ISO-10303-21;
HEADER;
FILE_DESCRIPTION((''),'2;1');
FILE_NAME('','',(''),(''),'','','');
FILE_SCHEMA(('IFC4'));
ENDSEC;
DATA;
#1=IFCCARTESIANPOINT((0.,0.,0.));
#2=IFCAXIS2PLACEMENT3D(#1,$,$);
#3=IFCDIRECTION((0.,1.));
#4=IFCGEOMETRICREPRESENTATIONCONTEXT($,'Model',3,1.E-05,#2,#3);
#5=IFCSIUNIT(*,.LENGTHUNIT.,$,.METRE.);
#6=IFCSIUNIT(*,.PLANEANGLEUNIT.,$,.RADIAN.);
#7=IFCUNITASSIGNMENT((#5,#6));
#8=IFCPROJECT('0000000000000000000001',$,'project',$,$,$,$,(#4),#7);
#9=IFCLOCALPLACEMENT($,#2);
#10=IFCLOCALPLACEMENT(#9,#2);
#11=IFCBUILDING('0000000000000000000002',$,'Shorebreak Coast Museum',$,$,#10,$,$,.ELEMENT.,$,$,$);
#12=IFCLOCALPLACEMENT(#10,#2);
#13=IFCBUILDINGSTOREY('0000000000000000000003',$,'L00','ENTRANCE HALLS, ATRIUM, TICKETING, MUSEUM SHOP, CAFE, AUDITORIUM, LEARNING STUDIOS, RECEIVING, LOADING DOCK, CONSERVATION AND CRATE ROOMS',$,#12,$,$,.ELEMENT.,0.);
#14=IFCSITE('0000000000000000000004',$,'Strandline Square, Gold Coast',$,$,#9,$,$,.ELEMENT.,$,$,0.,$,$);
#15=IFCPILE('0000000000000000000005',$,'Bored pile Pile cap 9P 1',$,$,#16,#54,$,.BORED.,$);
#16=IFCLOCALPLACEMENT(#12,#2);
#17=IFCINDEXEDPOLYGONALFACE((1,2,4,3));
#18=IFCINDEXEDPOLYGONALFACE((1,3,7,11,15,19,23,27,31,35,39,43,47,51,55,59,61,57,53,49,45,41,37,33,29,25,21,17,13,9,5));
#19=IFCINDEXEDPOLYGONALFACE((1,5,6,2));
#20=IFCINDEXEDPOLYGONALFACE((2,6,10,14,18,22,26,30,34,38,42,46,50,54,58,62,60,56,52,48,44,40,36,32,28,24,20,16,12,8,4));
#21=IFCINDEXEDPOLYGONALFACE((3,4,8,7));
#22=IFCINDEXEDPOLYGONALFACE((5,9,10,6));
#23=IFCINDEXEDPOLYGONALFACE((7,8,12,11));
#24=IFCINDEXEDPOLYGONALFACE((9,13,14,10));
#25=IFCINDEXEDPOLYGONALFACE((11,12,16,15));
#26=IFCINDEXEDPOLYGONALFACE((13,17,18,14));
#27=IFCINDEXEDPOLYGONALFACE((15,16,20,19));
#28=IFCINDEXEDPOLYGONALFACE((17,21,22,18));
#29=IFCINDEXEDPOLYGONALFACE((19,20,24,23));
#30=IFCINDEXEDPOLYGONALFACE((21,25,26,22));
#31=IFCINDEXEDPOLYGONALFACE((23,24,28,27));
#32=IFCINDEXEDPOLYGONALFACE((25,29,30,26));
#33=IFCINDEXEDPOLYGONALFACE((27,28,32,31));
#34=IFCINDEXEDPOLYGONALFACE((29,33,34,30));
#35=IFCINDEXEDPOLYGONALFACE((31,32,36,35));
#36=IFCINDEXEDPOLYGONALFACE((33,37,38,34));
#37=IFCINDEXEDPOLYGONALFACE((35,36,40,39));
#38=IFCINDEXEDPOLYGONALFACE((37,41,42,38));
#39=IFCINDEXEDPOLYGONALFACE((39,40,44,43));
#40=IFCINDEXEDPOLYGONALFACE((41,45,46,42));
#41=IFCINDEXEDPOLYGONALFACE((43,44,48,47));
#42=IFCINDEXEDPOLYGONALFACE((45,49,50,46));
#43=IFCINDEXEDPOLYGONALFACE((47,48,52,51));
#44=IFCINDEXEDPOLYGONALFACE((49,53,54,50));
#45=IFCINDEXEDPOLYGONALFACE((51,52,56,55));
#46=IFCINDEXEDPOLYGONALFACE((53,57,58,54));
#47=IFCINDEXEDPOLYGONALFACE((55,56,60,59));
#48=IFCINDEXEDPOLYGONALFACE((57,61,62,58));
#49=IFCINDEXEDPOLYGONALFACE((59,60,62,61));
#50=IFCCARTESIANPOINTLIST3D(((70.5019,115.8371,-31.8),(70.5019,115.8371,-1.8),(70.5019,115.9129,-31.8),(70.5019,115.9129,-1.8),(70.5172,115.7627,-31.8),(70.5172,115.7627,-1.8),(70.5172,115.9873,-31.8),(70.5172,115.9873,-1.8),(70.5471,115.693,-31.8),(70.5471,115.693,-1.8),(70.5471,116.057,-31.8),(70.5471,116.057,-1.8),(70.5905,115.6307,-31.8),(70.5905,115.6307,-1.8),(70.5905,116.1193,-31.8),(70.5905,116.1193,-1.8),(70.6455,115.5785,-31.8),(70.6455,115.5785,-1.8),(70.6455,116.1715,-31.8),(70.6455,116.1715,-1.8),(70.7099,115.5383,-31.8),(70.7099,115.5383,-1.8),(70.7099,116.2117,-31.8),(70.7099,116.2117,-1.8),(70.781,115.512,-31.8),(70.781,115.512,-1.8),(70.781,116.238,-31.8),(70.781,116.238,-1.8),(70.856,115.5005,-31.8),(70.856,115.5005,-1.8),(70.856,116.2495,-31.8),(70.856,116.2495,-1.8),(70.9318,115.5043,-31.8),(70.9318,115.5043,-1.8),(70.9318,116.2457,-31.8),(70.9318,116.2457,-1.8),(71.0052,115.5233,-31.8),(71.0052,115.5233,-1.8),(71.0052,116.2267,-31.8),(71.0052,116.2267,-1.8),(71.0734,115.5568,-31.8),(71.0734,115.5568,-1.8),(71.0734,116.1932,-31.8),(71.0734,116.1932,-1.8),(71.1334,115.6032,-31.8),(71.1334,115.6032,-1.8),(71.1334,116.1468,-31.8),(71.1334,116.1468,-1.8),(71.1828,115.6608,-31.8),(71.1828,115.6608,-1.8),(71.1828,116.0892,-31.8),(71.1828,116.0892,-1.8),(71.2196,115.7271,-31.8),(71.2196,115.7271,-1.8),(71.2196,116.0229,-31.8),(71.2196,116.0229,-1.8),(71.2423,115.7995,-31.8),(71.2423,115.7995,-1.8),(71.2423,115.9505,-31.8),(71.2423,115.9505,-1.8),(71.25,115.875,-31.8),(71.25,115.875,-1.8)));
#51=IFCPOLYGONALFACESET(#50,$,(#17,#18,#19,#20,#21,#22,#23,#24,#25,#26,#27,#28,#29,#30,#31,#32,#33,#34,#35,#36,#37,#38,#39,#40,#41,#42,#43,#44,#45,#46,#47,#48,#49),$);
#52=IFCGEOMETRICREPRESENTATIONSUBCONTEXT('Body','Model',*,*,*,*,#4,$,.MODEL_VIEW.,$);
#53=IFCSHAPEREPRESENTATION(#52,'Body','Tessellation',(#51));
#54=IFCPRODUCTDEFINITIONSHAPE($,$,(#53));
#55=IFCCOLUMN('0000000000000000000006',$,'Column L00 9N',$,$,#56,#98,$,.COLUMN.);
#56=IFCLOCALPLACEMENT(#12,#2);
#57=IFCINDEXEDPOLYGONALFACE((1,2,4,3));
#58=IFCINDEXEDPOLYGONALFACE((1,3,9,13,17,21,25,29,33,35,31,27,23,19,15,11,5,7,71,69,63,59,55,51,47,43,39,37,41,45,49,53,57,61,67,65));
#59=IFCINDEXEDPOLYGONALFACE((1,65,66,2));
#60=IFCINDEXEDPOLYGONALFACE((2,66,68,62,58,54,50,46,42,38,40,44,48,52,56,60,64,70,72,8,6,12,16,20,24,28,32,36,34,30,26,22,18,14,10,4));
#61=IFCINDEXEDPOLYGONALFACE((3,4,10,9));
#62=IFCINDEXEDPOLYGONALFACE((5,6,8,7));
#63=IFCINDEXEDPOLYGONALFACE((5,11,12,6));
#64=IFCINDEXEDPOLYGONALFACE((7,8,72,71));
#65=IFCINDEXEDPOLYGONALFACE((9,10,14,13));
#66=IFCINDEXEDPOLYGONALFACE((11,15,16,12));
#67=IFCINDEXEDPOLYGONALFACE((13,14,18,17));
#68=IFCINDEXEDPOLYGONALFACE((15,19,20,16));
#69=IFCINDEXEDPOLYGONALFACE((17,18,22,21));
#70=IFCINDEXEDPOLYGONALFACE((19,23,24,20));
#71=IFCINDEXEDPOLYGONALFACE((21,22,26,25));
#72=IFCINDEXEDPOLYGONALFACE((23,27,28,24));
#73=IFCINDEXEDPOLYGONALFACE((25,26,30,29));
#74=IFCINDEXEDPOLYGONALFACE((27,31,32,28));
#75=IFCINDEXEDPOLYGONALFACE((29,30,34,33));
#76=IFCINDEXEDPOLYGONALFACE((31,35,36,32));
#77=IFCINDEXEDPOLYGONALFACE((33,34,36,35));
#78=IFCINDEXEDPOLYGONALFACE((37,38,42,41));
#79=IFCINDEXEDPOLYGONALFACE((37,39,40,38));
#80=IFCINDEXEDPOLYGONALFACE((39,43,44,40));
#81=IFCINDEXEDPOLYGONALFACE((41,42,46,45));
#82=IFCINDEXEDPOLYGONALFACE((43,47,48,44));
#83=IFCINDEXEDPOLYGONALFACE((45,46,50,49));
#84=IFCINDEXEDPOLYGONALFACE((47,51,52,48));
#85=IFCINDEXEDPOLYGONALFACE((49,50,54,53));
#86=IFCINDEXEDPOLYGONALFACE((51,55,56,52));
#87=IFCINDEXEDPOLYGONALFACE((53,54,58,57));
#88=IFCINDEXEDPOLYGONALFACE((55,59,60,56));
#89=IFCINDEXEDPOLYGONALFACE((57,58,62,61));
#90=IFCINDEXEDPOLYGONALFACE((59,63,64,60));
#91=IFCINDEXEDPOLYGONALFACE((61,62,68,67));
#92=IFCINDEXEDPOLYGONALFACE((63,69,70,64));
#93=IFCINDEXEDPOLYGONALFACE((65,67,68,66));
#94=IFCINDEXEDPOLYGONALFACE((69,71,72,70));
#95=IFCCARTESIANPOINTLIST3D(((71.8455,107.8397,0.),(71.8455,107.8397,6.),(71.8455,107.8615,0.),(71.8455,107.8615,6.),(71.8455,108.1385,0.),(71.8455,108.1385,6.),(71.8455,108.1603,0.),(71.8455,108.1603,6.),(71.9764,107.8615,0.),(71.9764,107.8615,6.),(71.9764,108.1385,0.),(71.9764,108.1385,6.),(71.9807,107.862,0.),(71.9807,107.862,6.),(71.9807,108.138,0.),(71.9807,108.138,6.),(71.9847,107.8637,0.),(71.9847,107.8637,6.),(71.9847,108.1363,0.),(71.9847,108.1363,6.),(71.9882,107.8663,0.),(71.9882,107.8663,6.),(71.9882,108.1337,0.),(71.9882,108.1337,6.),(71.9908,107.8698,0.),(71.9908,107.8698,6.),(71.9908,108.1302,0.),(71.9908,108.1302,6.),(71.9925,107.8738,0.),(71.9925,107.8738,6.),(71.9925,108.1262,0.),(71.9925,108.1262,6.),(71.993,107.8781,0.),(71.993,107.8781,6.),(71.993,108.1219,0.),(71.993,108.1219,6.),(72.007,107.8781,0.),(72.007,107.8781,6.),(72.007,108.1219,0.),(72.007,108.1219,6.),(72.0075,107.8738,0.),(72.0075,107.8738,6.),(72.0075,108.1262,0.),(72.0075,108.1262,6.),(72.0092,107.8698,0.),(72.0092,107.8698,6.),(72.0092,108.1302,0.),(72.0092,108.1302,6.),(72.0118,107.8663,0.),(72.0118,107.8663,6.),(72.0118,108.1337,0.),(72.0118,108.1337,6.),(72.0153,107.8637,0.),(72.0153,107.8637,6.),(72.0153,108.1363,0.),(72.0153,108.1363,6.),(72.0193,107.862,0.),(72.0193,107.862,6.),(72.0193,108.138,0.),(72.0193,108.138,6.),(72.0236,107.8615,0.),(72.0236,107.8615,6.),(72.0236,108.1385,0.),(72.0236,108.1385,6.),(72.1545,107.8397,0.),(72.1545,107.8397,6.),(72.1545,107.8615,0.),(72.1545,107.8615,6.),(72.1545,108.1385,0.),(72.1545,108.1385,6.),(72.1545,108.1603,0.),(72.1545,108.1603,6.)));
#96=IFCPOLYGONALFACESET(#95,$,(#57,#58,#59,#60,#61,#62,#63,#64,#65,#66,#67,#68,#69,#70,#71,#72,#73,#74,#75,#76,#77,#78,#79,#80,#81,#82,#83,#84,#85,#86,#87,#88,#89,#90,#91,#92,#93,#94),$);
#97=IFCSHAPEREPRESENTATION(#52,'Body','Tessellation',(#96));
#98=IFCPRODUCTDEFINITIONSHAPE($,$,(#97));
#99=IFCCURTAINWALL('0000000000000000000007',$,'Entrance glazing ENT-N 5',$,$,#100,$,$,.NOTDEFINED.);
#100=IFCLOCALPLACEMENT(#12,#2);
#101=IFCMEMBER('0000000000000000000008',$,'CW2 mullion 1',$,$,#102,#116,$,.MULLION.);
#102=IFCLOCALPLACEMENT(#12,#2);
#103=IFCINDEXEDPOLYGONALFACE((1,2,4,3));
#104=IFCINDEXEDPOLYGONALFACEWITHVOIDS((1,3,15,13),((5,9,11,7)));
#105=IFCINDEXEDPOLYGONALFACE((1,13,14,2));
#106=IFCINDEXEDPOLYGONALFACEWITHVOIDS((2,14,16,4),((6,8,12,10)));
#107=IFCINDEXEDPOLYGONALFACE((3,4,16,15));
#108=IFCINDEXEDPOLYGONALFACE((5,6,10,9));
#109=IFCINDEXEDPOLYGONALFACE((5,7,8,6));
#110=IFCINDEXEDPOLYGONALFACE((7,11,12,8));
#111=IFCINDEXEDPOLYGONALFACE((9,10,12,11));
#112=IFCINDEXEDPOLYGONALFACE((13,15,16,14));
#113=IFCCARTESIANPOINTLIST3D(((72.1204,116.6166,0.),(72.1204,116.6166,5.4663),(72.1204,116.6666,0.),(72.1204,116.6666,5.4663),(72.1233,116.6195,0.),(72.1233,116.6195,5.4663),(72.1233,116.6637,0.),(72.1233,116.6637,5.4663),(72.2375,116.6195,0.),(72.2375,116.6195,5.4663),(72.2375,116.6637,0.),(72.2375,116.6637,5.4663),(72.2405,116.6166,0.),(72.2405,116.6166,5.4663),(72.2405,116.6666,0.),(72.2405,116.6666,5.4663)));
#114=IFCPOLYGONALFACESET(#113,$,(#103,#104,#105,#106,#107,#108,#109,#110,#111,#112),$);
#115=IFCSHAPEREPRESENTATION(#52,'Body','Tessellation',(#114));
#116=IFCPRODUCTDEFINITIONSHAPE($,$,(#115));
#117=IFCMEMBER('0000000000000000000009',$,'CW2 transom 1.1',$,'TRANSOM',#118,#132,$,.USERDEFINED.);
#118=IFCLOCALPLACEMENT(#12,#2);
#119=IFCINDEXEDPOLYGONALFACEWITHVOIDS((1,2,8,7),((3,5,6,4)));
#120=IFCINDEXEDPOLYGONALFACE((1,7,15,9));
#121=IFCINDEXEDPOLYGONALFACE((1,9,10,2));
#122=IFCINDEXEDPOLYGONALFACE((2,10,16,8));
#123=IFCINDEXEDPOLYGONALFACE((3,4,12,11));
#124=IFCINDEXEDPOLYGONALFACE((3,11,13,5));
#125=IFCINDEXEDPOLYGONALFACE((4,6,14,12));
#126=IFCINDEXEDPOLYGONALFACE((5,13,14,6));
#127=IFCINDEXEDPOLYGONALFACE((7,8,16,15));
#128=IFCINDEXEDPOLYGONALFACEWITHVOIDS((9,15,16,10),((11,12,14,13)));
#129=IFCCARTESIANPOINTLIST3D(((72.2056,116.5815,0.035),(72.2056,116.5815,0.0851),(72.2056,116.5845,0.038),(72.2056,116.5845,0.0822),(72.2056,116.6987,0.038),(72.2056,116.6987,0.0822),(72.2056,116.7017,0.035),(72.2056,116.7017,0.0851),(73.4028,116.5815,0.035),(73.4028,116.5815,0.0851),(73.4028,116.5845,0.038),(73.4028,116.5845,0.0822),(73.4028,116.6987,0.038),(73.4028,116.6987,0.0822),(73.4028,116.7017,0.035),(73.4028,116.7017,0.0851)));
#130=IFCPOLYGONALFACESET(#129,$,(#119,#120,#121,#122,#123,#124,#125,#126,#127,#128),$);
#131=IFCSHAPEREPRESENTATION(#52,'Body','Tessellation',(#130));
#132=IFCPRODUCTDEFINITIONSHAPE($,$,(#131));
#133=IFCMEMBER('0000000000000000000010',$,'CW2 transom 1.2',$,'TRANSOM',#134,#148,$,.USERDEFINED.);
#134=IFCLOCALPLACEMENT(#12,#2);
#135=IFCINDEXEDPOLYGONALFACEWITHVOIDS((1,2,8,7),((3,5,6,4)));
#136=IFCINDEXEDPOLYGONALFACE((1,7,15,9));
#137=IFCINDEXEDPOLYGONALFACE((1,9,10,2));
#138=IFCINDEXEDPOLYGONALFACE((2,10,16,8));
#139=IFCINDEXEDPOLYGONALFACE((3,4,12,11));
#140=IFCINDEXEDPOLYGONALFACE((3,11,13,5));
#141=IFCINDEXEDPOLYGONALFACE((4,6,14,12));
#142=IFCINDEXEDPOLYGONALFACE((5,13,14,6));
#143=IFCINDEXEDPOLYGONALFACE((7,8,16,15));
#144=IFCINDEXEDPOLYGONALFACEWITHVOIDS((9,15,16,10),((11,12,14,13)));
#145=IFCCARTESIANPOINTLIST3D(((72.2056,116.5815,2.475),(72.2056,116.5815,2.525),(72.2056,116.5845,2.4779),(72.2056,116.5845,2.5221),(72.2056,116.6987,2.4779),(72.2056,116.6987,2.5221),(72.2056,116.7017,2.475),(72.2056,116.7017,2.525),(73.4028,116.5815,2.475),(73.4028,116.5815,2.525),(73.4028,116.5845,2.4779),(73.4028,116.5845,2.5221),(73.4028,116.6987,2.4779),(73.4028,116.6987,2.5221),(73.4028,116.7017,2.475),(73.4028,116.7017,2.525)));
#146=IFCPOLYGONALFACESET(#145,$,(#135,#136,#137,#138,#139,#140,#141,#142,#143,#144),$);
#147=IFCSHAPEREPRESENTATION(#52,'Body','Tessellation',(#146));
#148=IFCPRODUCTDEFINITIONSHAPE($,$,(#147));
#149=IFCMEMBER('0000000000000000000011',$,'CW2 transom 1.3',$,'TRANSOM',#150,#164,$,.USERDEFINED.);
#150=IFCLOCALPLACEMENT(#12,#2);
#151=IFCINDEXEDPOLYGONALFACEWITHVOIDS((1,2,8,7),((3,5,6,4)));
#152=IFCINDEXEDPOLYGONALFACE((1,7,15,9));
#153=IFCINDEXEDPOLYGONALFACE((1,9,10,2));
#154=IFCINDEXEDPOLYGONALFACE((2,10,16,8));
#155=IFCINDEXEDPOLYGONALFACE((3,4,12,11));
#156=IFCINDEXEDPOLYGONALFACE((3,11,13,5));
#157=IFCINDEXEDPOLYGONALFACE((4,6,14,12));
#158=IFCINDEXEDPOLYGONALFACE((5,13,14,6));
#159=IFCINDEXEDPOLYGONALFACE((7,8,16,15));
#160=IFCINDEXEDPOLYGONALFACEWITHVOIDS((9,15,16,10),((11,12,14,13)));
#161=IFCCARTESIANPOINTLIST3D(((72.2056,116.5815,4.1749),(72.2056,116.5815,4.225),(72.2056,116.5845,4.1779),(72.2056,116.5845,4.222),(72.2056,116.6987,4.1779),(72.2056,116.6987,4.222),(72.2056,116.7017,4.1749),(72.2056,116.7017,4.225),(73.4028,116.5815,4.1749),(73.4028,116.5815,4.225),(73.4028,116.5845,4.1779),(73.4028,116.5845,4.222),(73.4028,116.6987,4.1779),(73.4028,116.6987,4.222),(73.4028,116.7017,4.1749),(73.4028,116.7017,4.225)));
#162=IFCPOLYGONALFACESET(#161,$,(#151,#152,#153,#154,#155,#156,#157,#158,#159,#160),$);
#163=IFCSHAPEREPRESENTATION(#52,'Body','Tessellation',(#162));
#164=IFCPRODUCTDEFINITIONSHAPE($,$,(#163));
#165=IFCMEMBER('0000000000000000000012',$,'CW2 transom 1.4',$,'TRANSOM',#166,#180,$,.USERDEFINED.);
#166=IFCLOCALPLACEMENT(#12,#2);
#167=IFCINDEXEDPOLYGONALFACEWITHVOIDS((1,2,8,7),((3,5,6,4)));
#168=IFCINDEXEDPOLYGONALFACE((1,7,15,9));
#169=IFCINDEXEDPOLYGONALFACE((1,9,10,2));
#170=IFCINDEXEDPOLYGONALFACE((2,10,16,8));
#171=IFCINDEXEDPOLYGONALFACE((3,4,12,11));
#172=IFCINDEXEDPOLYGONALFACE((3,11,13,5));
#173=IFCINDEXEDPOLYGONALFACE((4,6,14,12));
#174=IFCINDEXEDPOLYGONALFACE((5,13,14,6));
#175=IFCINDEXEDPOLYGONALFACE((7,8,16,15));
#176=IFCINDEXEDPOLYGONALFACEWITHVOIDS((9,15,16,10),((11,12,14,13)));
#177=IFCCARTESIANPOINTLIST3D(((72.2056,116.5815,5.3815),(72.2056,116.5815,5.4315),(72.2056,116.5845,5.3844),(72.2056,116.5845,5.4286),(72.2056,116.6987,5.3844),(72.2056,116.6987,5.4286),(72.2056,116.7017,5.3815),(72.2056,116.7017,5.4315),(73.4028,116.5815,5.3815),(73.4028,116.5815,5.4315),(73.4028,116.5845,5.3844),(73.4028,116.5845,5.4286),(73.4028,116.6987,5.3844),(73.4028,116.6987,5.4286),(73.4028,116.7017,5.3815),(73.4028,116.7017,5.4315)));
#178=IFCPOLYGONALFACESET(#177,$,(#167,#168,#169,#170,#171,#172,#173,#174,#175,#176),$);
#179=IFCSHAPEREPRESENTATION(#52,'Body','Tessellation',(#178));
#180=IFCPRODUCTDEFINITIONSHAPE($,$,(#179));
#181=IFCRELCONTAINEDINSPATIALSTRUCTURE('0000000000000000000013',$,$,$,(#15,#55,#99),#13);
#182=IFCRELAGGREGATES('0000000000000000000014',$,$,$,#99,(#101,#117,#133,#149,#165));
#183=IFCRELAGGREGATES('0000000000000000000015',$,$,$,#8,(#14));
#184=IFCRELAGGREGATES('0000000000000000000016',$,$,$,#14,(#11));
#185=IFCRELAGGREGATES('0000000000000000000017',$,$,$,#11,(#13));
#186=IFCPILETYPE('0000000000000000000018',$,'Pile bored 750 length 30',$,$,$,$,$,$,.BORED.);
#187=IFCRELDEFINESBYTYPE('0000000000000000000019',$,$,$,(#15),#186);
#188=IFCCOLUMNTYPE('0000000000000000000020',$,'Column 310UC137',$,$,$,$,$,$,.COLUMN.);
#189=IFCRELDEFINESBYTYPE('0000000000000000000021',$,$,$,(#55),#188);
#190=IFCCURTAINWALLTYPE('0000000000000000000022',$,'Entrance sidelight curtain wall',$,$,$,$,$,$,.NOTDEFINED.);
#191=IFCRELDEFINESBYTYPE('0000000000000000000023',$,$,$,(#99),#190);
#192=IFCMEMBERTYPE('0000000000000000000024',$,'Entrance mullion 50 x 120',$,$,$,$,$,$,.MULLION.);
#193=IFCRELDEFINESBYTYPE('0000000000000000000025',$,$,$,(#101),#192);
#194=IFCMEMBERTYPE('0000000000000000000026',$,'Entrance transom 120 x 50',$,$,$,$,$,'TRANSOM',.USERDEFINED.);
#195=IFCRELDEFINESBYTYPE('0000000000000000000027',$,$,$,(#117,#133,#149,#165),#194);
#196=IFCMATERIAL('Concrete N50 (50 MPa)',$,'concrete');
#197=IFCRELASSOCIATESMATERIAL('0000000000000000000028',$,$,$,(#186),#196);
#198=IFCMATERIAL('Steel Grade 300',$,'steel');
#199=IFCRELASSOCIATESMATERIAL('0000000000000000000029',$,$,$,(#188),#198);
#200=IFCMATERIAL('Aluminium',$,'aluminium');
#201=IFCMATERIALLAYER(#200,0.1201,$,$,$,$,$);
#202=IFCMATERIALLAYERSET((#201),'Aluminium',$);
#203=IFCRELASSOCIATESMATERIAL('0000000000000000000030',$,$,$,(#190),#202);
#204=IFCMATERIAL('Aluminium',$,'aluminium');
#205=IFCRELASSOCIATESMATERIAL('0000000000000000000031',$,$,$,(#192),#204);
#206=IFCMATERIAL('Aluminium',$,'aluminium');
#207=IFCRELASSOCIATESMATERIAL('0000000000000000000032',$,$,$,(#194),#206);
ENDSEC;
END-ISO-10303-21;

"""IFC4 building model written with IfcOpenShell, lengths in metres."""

from ifc_helpers import new_model, si_unit, direction, frame, origin, origin_2d, place, context, subcontext, project, spatial, hollow_rectangle, circle, i_section, extrude, material, layer, layer_set, material_profile, profile_set, type_object, element, aggregate, save


model = new_model("IFC4")

# Units and contexts
model_context = context("Model", 3, precision=1e-05, world=origin(), true_north=direction((0.0, 1.0)))
body_context = subcontext(model_context, "Body", "Model", "MODEL_VIEW")
ifc_project = project(units=[si_unit("LENGTHUNIT", "METRE"), si_unit("PLANEANGLEUNIT", "RADIAN")], contexts=[model_context])

# Site, building, storey
site_placement = place(None, origin())
site = spatial("IfcSite", under=ifc_project, at=site_placement, Name="Strandline Square, Gold Coast", CompositionType="ELEMENT", RefElevation=0.0)
building_placement = place(site_placement, origin())
building = spatial("IfcBuilding", under=site, at=building_placement, Name="Shorebreak Coast Museum", CompositionType="ELEMENT")
storey_placement = place(building_placement, origin())
storey = spatial("IfcBuildingStorey", under=building, at=storey_placement, Name="L00", Description="ENTRANCE HALLS, ATRIUM, TICKETING, MUSEUM SHOP, CAFE, AUDITORIUM, LEARNING STUDIOS, RECEIVING, LOADING DOCK, CONSERVATION AND CRATE ROOMS", CompositionType="ELEMENT", Elevation=0.0)

# Pile
ifc_material_1 = material(Name="Concrete N50 (50 MPa)", Category="concrete")
ifc_material_profile_1 = material_profile(ifc_material_1, circle(Radius=0.375, at=origin_2d()), Name="Pile bored 750 length 30")
ifc_profile_set_1 = profile_set([ifc_material_profile_1], Name="Concrete N50 (50 MPa)")
pile_type_1 = type_object("IfcPileType", Name="Pile bored 750 length 30", PredefinedType="BORED", material=ifc_profile_set_1)
for number, where, z_axis, x_axis, name in (
    (1, (70.875, 115.875, -1.8), (0.0, 0.0, -1.0), (1.0, 0.0, 0.0), "Bored pile Pile cap 9P 1"),
):
    element("IfcPile", number, at=place(storey_placement, frame(where, z_axis=z_axis, x_axis=x_axis)), inside=storey, type_object=pile_type_1, Name=name, PredefinedType="BORED", context=body_context, shape_type="SweptSolid", body=[
        extrude(circle(Radius=0.375, at=origin_2d()), origin(), (0.0, 0.0, 1.0), 30.0),
    ])

# Column
ifc_material_2 = material(Name="Steel Grade 300", Category="steel")
ifc_material_profile_2 = material_profile(ifc_material_2, i_section(OverallWidth=0.3091, OverallDepth=0.3206, WebThickness=0.0139, FlangeThickness=0.0217, FilletRadius=0.0166, at=origin_2d()), Name="310UC137")
ifc_profile_set_2 = profile_set([ifc_material_profile_2], Name="Steel Grade 300")
column_type = type_object("IfcColumnType", Name="Column 310UC137", PredefinedType="COLUMN", material=ifc_profile_set_2)
column_placement = place(storey_placement, frame((72.0, 108.0, 0.0), z_axis=(0.0, 0.0, 1.0), x_axis=(1.0, 0.0, 0.0)))
element("IfcColumn", 2, at=column_placement, inside=storey, type_object=column_type, Name="Column L00 9N", PredefinedType="COLUMN", context=body_context, shape_type="SweptSolid", body=[
    extrude(i_section(OverallWidth=0.3091, OverallDepth=0.3206, WebThickness=0.0139, FlangeThickness=0.0217, FilletRadius=0.0166, at=origin_2d()), origin(), (0.0, 0.0, 1.0), 6.0),
])

# Curtain wall, members
ifc_material_3 = material(Name="Aluminium", Category="aluminium")
ifc_layer_1 = layer(ifc_material_3, 0.1201)
ifc_layer_set_1 = layer_set([ifc_layer_1], Name="Aluminium")
curtain_wall_type = type_object("IfcCurtainWallType", Name="Entrance sidelight curtain wall", PredefinedType="NOTDEFINED", material=ifc_layer_set_1)
curtain_wall_placement = place(storey_placement, origin())
curtain_wall = element("IfcCurtainWall", 3, at=curtain_wall_placement, inside=storey, type_object=curtain_wall_type, Name="Entrance glazing ENT-N 5", PredefinedType="NOTDEFINED")
ifc_material_4 = material(Name="Aluminium", Category="aluminium")
ifc_material_profile_3 = material_profile(ifc_material_4, hollow_rectangle(XDim=0.05, YDim=0.1201, WallThickness=0.0029, at=origin_2d()), Name="AL 120x50 RHS")
ifc_profile_set_3 = profile_set([ifc_material_profile_3], Name="Aluminium")
member_type_1 = type_object("IfcMemberType", Name="Entrance mullion 50 x 120", PredefinedType="MULLION", material=ifc_profile_set_3)
member_1_placement = place(storey_placement, frame((72.1804, 116.6416, 0.0), z_axis=(0.0, 0.0, 1.0), x_axis=(0.0, 1.0, 0.0)))
member_1 = element("IfcMember", 4, at=member_1_placement, type_object=member_type_1, Name="CW2 mullion 1", PredefinedType="MULLION", context=body_context, shape_type="SweptSolid", body=[
    extrude(hollow_rectangle(XDim=0.05, YDim=0.1201, WallThickness=0.0029, at=origin_2d()), origin(), (0.0, 0.0, 1.0), 5.4663),
])
ifc_material_5 = material(Name="Aluminium", Category="aluminium")
ifc_material_profile_4 = material_profile(ifc_material_5, hollow_rectangle(XDim=0.1201, YDim=0.05, WallThickness=0.0029, at=origin_2d()), Name="AL 50x120 RHS")
ifc_profile_set_4 = profile_set([ifc_material_profile_4], Name="Aluminium")
member_type_2 = type_object("IfcMemberType", Name="Entrance transom 120 x 50", ElementType="TRANSOM", PredefinedType="USERDEFINED", material=ifc_profile_set_4)
member_2_placement = place(storey_placement, frame((72.2056, 116.6416, 0.0601), z_axis=(1.0, 0.0, 0.0), x_axis=(0.0, 1.0, 0.0)))
member_2 = element("IfcMember", 5, at=member_2_placement, type_object=member_type_2, Name="CW2 transom 1.1", ObjectType="TRANSOM", PredefinedType="USERDEFINED", context=body_context, shape_type="SweptSolid", body=[
    extrude(hollow_rectangle(XDim=0.1201, YDim=0.05, WallThickness=0.0029, at=origin_2d()), origin(), (0.0, 0.0, 1.0), 1.1973),
])
member_3_placement = place(storey_placement, frame((72.2056, 116.6416, 2.5), z_axis=(1.0, 0.0, 0.0), x_axis=(0.0, 1.0, 0.0)))
member_3 = element("IfcMember", 6, at=member_3_placement, type_object=member_type_2, Name="CW2 transom 1.2", ObjectType="TRANSOM", PredefinedType="USERDEFINED", context=body_context, shape_type="SweptSolid", body=[
    extrude(hollow_rectangle(XDim=0.1201, YDim=0.05, WallThickness=0.0029, at=origin_2d()), origin(), (0.0, 0.0, 1.0), 1.1973),
])
member_4_placement = place(storey_placement, frame((72.2056, 116.6416, 4.2), z_axis=(1.0, 0.0, 0.0), x_axis=(0.0, 1.0, 0.0)))
member_4 = element("IfcMember", 7, at=member_4_placement, type_object=member_type_2, Name="CW2 transom 1.3", ObjectType="TRANSOM", PredefinedType="USERDEFINED", context=body_context, shape_type="SweptSolid", body=[
    extrude(hollow_rectangle(XDim=0.1201, YDim=0.05, WallThickness=0.0029, at=origin_2d()), origin(), (0.0, 0.0, 1.0), 1.1973),
])
member_5_placement = place(storey_placement, frame((72.2056, 116.6416, 5.4065), z_axis=(1.0, 0.0, 0.0), x_axis=(0.0, 1.0, 0.0)))
member_5 = element("IfcMember", 8, at=member_5_placement, type_object=member_type_2, Name="CW2 transom 1.4", ObjectType="TRANSOM", PredefinedType="USERDEFINED", context=body_context, shape_type="SweptSolid", body=[
    extrude(hollow_rectangle(XDim=0.1201, YDim=0.05, WallThickness=0.0029, at=origin_2d()), origin(), (0.0, 0.0, 1.0), 1.1973),
])

aggregate(curtain_wall, [member_1, member_2, member_3, member_4, member_5])

save(model, "model.ifc")
